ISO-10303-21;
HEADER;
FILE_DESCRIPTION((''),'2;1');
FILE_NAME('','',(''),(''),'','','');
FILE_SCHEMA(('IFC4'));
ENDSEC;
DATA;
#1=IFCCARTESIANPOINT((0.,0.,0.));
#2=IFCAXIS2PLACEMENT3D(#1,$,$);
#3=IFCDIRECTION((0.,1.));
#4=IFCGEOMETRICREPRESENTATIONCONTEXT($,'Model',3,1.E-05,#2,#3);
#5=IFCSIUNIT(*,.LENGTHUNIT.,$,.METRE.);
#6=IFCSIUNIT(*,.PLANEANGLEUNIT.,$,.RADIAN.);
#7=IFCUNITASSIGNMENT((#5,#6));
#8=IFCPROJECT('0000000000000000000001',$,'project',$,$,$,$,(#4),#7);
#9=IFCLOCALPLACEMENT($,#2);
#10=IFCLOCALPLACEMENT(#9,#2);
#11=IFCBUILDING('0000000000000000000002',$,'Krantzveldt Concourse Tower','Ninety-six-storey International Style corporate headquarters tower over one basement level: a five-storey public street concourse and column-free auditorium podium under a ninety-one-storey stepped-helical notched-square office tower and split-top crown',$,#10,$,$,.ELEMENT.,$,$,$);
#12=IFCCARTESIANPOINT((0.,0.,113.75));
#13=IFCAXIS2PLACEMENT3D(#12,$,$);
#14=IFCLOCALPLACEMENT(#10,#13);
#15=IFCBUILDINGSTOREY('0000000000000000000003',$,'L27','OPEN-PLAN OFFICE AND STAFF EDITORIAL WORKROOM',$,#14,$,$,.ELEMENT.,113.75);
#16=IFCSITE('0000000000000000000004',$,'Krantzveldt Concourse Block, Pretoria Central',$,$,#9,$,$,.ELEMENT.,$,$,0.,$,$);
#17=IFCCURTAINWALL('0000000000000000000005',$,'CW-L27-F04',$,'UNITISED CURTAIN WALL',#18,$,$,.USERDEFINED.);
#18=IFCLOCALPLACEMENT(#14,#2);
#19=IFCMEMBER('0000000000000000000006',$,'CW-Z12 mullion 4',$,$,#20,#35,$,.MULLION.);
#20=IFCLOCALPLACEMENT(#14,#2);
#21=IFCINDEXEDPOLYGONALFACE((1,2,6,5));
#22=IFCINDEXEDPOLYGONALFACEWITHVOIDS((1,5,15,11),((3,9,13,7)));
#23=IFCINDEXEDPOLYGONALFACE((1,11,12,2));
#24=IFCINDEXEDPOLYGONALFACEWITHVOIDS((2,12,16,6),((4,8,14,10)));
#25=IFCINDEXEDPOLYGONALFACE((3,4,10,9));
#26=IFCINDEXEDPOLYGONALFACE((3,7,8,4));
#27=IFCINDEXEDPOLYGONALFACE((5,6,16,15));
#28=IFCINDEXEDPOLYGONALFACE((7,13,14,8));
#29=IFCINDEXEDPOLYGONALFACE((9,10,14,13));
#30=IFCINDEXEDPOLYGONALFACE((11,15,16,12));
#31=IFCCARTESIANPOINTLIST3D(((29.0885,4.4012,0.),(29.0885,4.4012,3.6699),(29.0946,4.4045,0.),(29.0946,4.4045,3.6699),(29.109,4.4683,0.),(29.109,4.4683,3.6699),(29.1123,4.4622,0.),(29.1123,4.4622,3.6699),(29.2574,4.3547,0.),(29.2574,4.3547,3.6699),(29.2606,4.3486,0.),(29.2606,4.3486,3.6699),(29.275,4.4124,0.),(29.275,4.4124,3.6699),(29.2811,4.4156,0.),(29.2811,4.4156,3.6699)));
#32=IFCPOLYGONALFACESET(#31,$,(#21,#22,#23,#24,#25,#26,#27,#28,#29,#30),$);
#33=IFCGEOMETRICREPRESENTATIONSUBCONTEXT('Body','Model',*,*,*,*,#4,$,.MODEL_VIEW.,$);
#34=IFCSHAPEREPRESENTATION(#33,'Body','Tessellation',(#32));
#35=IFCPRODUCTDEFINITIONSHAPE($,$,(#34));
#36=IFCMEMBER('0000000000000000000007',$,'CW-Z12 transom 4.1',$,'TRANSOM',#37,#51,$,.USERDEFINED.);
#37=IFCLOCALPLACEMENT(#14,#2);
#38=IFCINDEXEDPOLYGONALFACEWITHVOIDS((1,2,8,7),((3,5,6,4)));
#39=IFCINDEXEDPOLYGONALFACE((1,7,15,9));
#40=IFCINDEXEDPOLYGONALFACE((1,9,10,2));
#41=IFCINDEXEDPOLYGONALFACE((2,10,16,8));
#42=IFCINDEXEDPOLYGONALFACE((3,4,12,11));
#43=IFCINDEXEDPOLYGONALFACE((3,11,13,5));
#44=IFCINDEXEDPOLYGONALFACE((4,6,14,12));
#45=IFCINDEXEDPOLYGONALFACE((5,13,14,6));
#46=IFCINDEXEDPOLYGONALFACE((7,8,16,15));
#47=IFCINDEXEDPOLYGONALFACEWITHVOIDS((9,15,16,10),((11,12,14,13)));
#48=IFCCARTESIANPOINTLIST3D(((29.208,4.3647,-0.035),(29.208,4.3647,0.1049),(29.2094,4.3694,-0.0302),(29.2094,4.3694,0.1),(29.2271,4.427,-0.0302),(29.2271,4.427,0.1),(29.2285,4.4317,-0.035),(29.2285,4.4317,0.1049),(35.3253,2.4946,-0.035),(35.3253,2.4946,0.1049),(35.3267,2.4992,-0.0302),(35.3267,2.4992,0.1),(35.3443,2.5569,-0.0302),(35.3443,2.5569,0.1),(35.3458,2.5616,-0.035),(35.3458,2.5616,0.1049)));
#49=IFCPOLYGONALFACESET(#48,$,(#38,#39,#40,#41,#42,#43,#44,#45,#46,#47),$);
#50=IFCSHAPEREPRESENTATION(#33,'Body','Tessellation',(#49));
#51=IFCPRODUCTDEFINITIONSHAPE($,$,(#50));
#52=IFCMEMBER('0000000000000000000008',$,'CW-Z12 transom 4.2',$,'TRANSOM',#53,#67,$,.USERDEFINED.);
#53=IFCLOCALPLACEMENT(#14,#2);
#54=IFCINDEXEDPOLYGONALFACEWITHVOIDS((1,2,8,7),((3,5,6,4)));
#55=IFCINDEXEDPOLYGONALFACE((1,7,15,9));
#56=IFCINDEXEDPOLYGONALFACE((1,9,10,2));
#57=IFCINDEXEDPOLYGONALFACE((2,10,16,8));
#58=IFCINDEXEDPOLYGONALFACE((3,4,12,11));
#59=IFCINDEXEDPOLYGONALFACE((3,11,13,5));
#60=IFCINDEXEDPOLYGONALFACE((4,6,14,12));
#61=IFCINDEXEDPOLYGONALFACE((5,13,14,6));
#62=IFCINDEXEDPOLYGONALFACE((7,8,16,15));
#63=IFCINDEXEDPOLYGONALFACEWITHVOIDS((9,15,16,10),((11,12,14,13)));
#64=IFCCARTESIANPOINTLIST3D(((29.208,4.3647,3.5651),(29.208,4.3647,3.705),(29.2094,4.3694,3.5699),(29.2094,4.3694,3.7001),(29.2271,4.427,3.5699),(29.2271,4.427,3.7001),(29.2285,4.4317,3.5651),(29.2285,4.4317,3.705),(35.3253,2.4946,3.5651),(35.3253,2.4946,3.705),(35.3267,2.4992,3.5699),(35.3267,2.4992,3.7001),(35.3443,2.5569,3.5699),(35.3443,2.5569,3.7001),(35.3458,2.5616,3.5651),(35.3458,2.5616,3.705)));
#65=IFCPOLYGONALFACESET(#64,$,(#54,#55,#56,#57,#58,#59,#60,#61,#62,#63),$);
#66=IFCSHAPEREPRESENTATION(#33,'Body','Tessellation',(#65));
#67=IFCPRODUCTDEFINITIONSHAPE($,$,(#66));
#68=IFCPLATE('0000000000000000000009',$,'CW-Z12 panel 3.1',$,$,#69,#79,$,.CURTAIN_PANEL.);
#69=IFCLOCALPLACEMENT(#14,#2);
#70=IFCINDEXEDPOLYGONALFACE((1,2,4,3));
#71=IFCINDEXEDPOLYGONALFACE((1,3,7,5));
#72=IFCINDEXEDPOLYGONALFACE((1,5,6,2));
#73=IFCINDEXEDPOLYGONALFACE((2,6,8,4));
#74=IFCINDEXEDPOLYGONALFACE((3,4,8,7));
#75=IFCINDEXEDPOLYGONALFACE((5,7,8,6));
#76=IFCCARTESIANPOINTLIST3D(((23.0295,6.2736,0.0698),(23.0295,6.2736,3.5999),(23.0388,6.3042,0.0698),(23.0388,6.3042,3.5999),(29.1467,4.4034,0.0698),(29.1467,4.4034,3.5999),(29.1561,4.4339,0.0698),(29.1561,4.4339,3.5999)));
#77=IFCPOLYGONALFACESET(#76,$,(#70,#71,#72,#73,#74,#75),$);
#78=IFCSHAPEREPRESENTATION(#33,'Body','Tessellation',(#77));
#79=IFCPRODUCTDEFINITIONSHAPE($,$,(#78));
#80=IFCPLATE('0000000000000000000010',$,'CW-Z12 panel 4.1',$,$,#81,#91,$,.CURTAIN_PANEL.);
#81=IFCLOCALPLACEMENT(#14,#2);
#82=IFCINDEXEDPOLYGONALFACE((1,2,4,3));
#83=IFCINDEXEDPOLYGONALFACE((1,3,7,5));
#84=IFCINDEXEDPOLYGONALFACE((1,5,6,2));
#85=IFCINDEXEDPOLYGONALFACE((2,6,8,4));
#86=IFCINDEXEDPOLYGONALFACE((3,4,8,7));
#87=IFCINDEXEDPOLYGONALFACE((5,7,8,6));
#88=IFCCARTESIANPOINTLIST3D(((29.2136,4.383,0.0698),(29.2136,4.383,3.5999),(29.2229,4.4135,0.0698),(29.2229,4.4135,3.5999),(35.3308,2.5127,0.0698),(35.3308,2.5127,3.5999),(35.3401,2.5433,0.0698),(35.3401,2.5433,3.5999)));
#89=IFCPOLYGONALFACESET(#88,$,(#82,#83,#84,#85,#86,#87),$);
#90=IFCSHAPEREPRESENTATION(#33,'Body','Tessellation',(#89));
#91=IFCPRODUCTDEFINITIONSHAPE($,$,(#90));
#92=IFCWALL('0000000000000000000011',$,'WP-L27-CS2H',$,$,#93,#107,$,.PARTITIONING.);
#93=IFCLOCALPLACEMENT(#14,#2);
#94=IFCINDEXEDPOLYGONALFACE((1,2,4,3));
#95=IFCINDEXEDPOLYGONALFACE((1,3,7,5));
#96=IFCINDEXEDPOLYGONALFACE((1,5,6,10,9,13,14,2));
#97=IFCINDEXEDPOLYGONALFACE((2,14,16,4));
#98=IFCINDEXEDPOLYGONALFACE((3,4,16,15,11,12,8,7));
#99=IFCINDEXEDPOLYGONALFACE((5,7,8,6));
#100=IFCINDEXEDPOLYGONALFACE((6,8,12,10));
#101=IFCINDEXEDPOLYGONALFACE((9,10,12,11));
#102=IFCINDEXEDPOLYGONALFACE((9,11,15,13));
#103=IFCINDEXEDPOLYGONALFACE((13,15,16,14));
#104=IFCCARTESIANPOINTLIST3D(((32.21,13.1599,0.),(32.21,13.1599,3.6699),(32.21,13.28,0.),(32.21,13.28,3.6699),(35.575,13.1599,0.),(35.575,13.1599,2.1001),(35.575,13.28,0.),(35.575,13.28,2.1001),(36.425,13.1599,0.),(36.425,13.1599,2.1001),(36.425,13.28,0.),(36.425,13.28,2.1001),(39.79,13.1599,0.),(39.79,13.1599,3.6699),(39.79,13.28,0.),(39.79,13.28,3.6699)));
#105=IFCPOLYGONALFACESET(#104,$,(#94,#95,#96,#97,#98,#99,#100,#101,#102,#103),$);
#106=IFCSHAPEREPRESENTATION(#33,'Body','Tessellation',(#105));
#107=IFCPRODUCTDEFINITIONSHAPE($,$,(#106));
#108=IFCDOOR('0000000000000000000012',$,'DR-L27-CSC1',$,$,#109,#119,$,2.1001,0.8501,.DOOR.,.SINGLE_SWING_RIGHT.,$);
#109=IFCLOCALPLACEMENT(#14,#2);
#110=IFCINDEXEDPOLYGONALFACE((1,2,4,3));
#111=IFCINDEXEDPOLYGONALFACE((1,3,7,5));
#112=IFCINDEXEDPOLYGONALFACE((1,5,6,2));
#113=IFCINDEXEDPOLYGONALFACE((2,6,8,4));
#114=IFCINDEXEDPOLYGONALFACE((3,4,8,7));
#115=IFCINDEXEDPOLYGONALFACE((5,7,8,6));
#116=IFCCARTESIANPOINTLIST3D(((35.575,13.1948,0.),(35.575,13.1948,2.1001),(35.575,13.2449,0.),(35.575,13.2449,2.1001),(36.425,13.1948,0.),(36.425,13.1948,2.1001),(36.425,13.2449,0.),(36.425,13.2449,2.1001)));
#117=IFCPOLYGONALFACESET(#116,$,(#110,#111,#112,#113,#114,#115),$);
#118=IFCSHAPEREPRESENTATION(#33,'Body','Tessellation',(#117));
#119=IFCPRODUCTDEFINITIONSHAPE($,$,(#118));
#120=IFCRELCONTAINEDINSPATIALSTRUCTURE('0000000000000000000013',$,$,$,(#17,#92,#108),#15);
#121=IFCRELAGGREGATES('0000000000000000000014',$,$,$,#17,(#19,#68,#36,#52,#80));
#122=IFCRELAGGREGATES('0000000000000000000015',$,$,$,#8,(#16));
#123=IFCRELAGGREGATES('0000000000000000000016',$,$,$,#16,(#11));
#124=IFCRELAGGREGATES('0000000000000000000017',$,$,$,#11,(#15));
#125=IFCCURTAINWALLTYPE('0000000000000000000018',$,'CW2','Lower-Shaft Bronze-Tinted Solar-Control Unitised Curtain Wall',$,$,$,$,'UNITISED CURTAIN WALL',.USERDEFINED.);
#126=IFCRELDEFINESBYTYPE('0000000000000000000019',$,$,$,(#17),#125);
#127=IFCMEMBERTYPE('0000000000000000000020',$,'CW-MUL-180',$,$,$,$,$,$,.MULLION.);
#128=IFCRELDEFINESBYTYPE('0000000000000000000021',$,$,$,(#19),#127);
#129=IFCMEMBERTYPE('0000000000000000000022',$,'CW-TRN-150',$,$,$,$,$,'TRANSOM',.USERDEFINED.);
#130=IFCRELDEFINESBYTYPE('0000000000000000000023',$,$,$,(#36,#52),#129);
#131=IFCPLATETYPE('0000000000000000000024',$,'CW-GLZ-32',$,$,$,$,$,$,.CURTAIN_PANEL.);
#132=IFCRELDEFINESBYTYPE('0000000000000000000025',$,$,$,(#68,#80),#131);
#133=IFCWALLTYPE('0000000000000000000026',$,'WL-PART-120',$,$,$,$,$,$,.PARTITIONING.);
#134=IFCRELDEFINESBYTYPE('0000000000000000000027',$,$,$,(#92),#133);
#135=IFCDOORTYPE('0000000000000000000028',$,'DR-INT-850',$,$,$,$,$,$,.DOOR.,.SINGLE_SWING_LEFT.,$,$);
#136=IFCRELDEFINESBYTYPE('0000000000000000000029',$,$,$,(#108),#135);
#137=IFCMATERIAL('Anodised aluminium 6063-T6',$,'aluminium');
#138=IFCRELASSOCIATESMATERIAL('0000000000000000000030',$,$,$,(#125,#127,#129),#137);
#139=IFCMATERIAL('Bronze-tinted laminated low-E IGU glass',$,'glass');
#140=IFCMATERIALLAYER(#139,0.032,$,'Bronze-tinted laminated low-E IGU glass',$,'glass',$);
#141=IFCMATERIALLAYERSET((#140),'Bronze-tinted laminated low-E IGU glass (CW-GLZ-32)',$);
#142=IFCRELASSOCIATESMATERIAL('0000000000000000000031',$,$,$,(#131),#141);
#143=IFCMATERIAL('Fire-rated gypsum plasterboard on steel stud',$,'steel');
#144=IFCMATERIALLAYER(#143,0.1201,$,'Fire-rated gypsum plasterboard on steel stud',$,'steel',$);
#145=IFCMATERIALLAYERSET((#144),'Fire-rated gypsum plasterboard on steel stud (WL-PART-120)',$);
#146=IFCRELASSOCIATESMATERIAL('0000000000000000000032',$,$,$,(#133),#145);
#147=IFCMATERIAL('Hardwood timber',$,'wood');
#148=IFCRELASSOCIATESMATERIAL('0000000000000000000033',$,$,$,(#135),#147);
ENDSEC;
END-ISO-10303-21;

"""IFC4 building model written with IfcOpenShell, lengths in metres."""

from ifc_helpers import new_model, si_unit, direction, frame, frame_2d, origin, origin_2d, place, context, subcontext, project, spatial, rectangle, hollow_rectangle, extrude, source, transform, mapped, material, layer, layer_set, material_profile, profile_set, type_object, type_shapes, element, fill, aggregate, save


model = new_model("IFC4")

# Units and contexts
model_context = context("Model", 3, precision=1e-05, world=origin(), true_north=direction((0.0, 1.0)))
body_context = subcontext(model_context, "Body", "Model", "MODEL_VIEW")
ifc_project = project(units=[si_unit("LENGTHUNIT", "METRE"), si_unit("PLANEANGLEUNIT", "RADIAN")], contexts=[model_context])

# Site, building, storey
site_placement = place(None, origin())
site = spatial("IfcSite", under=ifc_project, at=site_placement, Name="Krantzveldt Concourse Block, Pretoria Central", CompositionType="ELEMENT", RefElevation=0.0)
building_placement = place(site_placement, origin())
building = spatial("IfcBuilding", under=site, at=building_placement, Name="Krantzveldt Concourse Tower", Description="Ninety-six-storey International Style corporate headquarters tower over one basement level: a five-storey public street concourse and column-free auditorium podium under a ninety-one-storey stepped-helical notched-square office tower and split-top crown", CompositionType="ELEMENT")
storey_placement = place(building_placement, frame((0.0, 0.0, 113.75)))
storey = spatial("IfcBuildingStorey", under=building, at=storey_placement, Name="L27", Description="OPEN-PLAN OFFICE AND STAFF EDITORIAL WORKROOM", CompositionType="ELEMENT", Elevation=113.75)

# Curtain wall, members, plates
ifc_material_1 = material(Name="Anodised aluminium 6063-T6", Category="aluminium")
curtain_wall_type = type_object("IfcCurtainWallType", Name="CW2", Description="Lower-Shaft Bronze-Tinted Solar-Control Unitised Curtain Wall", ElementType="UNITISED CURTAIN WALL", PredefinedType="USERDEFINED", material=ifc_material_1)
curtain_wall_placement = place(storey_placement, origin())
curtain_wall = element("IfcCurtainWall", 1, at=curtain_wall_placement, inside=storey, type_object=curtain_wall_type, Name="CW-L27-F04", ObjectType="UNITISED CURTAIN WALL", PredefinedType="USERDEFINED")
ifc_material_profile_1 = material_profile(ifc_material_1, hollow_rectangle(XDim=0.0701, YDim=0.1799, WallThickness=0.0049, at=origin_2d()), Name="Anodised aluminium 6063-T6", Category="aluminium")
ifc_profile_set_1 = profile_set([ifc_material_profile_1], Name="Anodised aluminium 6063-T6 - ALU-MULL 180x70x5")
member_type_1 = type_object("IfcMemberType", Name="CW-MUL-180", PredefinedType="MULLION", material=ifc_profile_set_1)
shared_shape_1 = source(origin(), body_context, "Body", "SweptSolid", [
    extrude(hollow_rectangle(XDim=0.0701, YDim=0.1799, WallThickness=0.0049, at=origin_2d()), origin(), (0.0, 0.0, 1.0), 3.6699),
])
type_shapes(member_type_1, [shared_shape_1])
member_1_placement = place(storey_placement, frame((29.1848, 4.4084, 0.0), z_axis=(0.0, 0.0, 1.0), x_axis=(0.292372, 0.956305, 0.0)))
member_1 = element("IfcMember", 2, at=member_1_placement, type_object=member_type_1, Name="CW-Z12 mullion 4", PredefinedType="MULLION", context=body_context, shape_type="MappedRepresentation", body=[
    mapped(shared_shape_1, transform((0.0, 0.0, 0.0), x_axis=(1.0, 0.0, 0.0), y_axis=(0.0, 1.0, 0.0), z_axis=(0.0, 0.0, 1.0), scale=1.0)),
])
ifc_material_profile_2 = material_profile(ifc_material_1, hollow_rectangle(XDim=0.0701, YDim=0.1399, WallThickness=0.0049, at=origin_2d()), Name="Anodised aluminium 6063-T6", Category="aluminium")
ifc_profile_set_2 = profile_set([ifc_material_profile_2], Name="Anodised aluminium 6063-T6 - ALU-TRAN 140x70x5")
member_type_2 = type_object("IfcMemberType", Name="CW-TRN-150", ElementType="TRANSOM", PredefinedType="USERDEFINED", material=ifc_profile_set_2)
shared_shape_2 = source(origin(), body_context, "Body", "SweptSolid", [
    extrude(hollow_rectangle(XDim=0.0701, YDim=0.1399, WallThickness=0.0049, at=origin_2d()), origin(), (0.0, 0.0, 1.0), 6.3967),
])
type_shapes(member_type_2, [shared_shape_2])
member_2_placement = place(storey_placement, frame((29.2183, 4.3982, 0.0349), z_axis=(0.956309, -0.292358, 0.0), x_axis=(0.292358, 0.956309, 0.0)))
member_2 = element("IfcMember", 3, at=member_2_placement, type_object=member_type_2, Name="CW-Z12 transom 4.1", ObjectType="TRANSOM", PredefinedType="USERDEFINED", context=body_context, shape_type="MappedRepresentation", body=[
    mapped(shared_shape_2, transform((0.0, 0.0, 0.0), x_axis=(1.0, 0.0, 0.0), y_axis=(0.0, 1.0, 0.0), z_axis=(0.0, 0.0, 1.0), scale=1.0)),
])
member_3_placement = place(storey_placement, frame((29.2183, 4.3982, 3.635), z_axis=(0.956309, -0.292358, 0.0), x_axis=(0.292358, 0.956309, 0.0)))
member_3 = element("IfcMember", 4, at=member_3_placement, type_object=member_type_2, Name="CW-Z12 transom 4.2", ObjectType="TRANSOM", PredefinedType="USERDEFINED", context=body_context, shape_type="MappedRepresentation", body=[
    mapped(shared_shape_2, transform((0.0, 0.0, 0.0), x_axis=(1.0, 0.0, 0.0), y_axis=(0.0, 1.0, 0.0), z_axis=(0.0, 0.0, 1.0), scale=1.0)),
])
ifc_material_2 = material(Name="Bronze-tinted laminated low-E IGU glass", Category="glass")
ifc_layer_1 = layer(ifc_material_2, 0.032, Name="Bronze-tinted laminated low-E IGU glass", Category="glass")
ifc_layer_set_1 = layer_set([ifc_layer_1], Name="Bronze-tinted laminated low-E IGU glass (CW-GLZ-32)")
plate_type = type_object("IfcPlateType", Name="CW-GLZ-32", PredefinedType="CURTAIN_PANEL", material=ifc_layer_set_1)
shared_shape_3 = source(origin(), body_context, "Body", "SweptSolid", [
    extrude(rectangle(XDim=6.3967, YDim=0.032, at=origin_2d()), origin(), (0.0, 0.0, 1.0), 3.53),
])
type_shapes(plate_type, [shared_shape_3])
plate_1_placement = place(storey_placement, frame((26.0928, 5.3538, 0.0698), z_axis=(0.0, 0.0, 1.0), x_axis=(0.956305, -0.292372, 0.0)))
plate_1 = element("IfcPlate", 5, at=plate_1_placement, type_object=plate_type, Name="CW-Z12 panel 3.1", PredefinedType="CURTAIN_PANEL", context=body_context, shape_type="MappedRepresentation", body=[
    mapped(shared_shape_3, transform((0.0, 0.0, 0.0), x_axis=(1.0, 0.0, 0.0), y_axis=(0.0, 1.0, 0.0), z_axis=(0.0, 0.0, 1.0), scale=1.0)),
])
plate_2_placement = place(storey_placement, frame((32.2769, 3.4631, 0.0698), z_axis=(0.0, 0.0, 1.0), x_axis=(0.956305, -0.292372, 0.0)))
plate_2 = element("IfcPlate", 6, at=plate_2_placement, type_object=plate_type, Name="CW-Z12 panel 4.1", PredefinedType="CURTAIN_PANEL", context=body_context, shape_type="MappedRepresentation", body=[
    mapped(shared_shape_3, transform((0.0, 0.0, 0.0), x_axis=(1.0, 0.0, 0.0), y_axis=(0.0, 1.0, 0.0), z_axis=(0.0, 0.0, 1.0), scale=1.0)),
])
aggregate(curtain_wall, [member_1, plate_1, member_2, member_3, plate_2])

# Wall, opening, door
ifc_material_3 = material(Name="Fire-rated gypsum plasterboard on steel stud", Category="steel")
ifc_layer_2 = layer(ifc_material_3, 0.1201, Name="Fire-rated gypsum plasterboard on steel stud", Category="steel")
ifc_layer_set_2 = layer_set([ifc_layer_2], Name="Fire-rated gypsum plasterboard on steel stud (WL-PART-120)")
wall_type_1 = type_object("IfcWallType", Name="WL-PART-120", PredefinedType="PARTITIONING", material=ifc_layer_set_2)
wall_1_placement = place(storey_placement, frame((32.21, 13.22, 0.0), z_axis=(0.0, 0.0, 1.0), x_axis=(1.0, 0.0, 0.0)))
wall_1 = element("IfcWall", 7, at=wall_1_placement, inside=storey, type_object=wall_type_1, Name="WP-L27-CS2H", PredefinedType="PARTITIONING", context=body_context, shape_type="SweptSolid", body=[
    extrude(rectangle(XDim=7.5801, YDim=0.1201, at=frame_2d((3.79, 0.0))), origin(), (0.0, 0.0, 1.0), 3.6699),
])
opening_1_placement = place(wall_1_placement, frame((3.365, 0.0, 0.0)))
opening_1 = element("IfcOpeningElement", 8, at=opening_1_placement, cuts=wall_1, PredefinedType="OPENING", context=body_context, shape_type="SweptSolid", body=[
    extrude(rectangle(XDim=0.8501, YDim=2.1001, at=frame_2d((0.425, 1.05))), frame((0.0, 0.0701, 0.0), z_axis=(0.0, -1.0, 0.0), x_axis=(1.0, 0.0, 0.0)), (0.0, 0.0, 1.0), 0.1401),
])
ifc_material_4 = material(Name="Hardwood timber", Category="wood")
door_type_1 = type_object("IfcDoorType", Name="DR-INT-850", OperationType="SINGLE_SWING_LEFT", PredefinedType="DOOR", material=ifc_material_4)
door_1_placement = place(opening_1_placement, origin())
door_1 = element("IfcDoor", 9, at=door_1_placement, inside=storey, type_object=door_type_1, Name="DR-L27-CSC1", OperationType="SINGLE_SWING_RIGHT", OverallHeight=2.1001, OverallWidth=0.8501, PredefinedType="DOOR", context=body_context, shape_type="SweptSolid", body=[
    extrude(rectangle(XDim=0.8501, YDim=2.1001, at=frame_2d((0.425, 1.05))), frame((0.0, 0.0249, 0.0), z_axis=(0.0, -1.0, 0.0), x_axis=(1.0, 0.0, 0.0)), (0.0, 0.0, 1.0), 0.05),
])
fill(opening_1, door_1)

save(model, "model.ifc")
